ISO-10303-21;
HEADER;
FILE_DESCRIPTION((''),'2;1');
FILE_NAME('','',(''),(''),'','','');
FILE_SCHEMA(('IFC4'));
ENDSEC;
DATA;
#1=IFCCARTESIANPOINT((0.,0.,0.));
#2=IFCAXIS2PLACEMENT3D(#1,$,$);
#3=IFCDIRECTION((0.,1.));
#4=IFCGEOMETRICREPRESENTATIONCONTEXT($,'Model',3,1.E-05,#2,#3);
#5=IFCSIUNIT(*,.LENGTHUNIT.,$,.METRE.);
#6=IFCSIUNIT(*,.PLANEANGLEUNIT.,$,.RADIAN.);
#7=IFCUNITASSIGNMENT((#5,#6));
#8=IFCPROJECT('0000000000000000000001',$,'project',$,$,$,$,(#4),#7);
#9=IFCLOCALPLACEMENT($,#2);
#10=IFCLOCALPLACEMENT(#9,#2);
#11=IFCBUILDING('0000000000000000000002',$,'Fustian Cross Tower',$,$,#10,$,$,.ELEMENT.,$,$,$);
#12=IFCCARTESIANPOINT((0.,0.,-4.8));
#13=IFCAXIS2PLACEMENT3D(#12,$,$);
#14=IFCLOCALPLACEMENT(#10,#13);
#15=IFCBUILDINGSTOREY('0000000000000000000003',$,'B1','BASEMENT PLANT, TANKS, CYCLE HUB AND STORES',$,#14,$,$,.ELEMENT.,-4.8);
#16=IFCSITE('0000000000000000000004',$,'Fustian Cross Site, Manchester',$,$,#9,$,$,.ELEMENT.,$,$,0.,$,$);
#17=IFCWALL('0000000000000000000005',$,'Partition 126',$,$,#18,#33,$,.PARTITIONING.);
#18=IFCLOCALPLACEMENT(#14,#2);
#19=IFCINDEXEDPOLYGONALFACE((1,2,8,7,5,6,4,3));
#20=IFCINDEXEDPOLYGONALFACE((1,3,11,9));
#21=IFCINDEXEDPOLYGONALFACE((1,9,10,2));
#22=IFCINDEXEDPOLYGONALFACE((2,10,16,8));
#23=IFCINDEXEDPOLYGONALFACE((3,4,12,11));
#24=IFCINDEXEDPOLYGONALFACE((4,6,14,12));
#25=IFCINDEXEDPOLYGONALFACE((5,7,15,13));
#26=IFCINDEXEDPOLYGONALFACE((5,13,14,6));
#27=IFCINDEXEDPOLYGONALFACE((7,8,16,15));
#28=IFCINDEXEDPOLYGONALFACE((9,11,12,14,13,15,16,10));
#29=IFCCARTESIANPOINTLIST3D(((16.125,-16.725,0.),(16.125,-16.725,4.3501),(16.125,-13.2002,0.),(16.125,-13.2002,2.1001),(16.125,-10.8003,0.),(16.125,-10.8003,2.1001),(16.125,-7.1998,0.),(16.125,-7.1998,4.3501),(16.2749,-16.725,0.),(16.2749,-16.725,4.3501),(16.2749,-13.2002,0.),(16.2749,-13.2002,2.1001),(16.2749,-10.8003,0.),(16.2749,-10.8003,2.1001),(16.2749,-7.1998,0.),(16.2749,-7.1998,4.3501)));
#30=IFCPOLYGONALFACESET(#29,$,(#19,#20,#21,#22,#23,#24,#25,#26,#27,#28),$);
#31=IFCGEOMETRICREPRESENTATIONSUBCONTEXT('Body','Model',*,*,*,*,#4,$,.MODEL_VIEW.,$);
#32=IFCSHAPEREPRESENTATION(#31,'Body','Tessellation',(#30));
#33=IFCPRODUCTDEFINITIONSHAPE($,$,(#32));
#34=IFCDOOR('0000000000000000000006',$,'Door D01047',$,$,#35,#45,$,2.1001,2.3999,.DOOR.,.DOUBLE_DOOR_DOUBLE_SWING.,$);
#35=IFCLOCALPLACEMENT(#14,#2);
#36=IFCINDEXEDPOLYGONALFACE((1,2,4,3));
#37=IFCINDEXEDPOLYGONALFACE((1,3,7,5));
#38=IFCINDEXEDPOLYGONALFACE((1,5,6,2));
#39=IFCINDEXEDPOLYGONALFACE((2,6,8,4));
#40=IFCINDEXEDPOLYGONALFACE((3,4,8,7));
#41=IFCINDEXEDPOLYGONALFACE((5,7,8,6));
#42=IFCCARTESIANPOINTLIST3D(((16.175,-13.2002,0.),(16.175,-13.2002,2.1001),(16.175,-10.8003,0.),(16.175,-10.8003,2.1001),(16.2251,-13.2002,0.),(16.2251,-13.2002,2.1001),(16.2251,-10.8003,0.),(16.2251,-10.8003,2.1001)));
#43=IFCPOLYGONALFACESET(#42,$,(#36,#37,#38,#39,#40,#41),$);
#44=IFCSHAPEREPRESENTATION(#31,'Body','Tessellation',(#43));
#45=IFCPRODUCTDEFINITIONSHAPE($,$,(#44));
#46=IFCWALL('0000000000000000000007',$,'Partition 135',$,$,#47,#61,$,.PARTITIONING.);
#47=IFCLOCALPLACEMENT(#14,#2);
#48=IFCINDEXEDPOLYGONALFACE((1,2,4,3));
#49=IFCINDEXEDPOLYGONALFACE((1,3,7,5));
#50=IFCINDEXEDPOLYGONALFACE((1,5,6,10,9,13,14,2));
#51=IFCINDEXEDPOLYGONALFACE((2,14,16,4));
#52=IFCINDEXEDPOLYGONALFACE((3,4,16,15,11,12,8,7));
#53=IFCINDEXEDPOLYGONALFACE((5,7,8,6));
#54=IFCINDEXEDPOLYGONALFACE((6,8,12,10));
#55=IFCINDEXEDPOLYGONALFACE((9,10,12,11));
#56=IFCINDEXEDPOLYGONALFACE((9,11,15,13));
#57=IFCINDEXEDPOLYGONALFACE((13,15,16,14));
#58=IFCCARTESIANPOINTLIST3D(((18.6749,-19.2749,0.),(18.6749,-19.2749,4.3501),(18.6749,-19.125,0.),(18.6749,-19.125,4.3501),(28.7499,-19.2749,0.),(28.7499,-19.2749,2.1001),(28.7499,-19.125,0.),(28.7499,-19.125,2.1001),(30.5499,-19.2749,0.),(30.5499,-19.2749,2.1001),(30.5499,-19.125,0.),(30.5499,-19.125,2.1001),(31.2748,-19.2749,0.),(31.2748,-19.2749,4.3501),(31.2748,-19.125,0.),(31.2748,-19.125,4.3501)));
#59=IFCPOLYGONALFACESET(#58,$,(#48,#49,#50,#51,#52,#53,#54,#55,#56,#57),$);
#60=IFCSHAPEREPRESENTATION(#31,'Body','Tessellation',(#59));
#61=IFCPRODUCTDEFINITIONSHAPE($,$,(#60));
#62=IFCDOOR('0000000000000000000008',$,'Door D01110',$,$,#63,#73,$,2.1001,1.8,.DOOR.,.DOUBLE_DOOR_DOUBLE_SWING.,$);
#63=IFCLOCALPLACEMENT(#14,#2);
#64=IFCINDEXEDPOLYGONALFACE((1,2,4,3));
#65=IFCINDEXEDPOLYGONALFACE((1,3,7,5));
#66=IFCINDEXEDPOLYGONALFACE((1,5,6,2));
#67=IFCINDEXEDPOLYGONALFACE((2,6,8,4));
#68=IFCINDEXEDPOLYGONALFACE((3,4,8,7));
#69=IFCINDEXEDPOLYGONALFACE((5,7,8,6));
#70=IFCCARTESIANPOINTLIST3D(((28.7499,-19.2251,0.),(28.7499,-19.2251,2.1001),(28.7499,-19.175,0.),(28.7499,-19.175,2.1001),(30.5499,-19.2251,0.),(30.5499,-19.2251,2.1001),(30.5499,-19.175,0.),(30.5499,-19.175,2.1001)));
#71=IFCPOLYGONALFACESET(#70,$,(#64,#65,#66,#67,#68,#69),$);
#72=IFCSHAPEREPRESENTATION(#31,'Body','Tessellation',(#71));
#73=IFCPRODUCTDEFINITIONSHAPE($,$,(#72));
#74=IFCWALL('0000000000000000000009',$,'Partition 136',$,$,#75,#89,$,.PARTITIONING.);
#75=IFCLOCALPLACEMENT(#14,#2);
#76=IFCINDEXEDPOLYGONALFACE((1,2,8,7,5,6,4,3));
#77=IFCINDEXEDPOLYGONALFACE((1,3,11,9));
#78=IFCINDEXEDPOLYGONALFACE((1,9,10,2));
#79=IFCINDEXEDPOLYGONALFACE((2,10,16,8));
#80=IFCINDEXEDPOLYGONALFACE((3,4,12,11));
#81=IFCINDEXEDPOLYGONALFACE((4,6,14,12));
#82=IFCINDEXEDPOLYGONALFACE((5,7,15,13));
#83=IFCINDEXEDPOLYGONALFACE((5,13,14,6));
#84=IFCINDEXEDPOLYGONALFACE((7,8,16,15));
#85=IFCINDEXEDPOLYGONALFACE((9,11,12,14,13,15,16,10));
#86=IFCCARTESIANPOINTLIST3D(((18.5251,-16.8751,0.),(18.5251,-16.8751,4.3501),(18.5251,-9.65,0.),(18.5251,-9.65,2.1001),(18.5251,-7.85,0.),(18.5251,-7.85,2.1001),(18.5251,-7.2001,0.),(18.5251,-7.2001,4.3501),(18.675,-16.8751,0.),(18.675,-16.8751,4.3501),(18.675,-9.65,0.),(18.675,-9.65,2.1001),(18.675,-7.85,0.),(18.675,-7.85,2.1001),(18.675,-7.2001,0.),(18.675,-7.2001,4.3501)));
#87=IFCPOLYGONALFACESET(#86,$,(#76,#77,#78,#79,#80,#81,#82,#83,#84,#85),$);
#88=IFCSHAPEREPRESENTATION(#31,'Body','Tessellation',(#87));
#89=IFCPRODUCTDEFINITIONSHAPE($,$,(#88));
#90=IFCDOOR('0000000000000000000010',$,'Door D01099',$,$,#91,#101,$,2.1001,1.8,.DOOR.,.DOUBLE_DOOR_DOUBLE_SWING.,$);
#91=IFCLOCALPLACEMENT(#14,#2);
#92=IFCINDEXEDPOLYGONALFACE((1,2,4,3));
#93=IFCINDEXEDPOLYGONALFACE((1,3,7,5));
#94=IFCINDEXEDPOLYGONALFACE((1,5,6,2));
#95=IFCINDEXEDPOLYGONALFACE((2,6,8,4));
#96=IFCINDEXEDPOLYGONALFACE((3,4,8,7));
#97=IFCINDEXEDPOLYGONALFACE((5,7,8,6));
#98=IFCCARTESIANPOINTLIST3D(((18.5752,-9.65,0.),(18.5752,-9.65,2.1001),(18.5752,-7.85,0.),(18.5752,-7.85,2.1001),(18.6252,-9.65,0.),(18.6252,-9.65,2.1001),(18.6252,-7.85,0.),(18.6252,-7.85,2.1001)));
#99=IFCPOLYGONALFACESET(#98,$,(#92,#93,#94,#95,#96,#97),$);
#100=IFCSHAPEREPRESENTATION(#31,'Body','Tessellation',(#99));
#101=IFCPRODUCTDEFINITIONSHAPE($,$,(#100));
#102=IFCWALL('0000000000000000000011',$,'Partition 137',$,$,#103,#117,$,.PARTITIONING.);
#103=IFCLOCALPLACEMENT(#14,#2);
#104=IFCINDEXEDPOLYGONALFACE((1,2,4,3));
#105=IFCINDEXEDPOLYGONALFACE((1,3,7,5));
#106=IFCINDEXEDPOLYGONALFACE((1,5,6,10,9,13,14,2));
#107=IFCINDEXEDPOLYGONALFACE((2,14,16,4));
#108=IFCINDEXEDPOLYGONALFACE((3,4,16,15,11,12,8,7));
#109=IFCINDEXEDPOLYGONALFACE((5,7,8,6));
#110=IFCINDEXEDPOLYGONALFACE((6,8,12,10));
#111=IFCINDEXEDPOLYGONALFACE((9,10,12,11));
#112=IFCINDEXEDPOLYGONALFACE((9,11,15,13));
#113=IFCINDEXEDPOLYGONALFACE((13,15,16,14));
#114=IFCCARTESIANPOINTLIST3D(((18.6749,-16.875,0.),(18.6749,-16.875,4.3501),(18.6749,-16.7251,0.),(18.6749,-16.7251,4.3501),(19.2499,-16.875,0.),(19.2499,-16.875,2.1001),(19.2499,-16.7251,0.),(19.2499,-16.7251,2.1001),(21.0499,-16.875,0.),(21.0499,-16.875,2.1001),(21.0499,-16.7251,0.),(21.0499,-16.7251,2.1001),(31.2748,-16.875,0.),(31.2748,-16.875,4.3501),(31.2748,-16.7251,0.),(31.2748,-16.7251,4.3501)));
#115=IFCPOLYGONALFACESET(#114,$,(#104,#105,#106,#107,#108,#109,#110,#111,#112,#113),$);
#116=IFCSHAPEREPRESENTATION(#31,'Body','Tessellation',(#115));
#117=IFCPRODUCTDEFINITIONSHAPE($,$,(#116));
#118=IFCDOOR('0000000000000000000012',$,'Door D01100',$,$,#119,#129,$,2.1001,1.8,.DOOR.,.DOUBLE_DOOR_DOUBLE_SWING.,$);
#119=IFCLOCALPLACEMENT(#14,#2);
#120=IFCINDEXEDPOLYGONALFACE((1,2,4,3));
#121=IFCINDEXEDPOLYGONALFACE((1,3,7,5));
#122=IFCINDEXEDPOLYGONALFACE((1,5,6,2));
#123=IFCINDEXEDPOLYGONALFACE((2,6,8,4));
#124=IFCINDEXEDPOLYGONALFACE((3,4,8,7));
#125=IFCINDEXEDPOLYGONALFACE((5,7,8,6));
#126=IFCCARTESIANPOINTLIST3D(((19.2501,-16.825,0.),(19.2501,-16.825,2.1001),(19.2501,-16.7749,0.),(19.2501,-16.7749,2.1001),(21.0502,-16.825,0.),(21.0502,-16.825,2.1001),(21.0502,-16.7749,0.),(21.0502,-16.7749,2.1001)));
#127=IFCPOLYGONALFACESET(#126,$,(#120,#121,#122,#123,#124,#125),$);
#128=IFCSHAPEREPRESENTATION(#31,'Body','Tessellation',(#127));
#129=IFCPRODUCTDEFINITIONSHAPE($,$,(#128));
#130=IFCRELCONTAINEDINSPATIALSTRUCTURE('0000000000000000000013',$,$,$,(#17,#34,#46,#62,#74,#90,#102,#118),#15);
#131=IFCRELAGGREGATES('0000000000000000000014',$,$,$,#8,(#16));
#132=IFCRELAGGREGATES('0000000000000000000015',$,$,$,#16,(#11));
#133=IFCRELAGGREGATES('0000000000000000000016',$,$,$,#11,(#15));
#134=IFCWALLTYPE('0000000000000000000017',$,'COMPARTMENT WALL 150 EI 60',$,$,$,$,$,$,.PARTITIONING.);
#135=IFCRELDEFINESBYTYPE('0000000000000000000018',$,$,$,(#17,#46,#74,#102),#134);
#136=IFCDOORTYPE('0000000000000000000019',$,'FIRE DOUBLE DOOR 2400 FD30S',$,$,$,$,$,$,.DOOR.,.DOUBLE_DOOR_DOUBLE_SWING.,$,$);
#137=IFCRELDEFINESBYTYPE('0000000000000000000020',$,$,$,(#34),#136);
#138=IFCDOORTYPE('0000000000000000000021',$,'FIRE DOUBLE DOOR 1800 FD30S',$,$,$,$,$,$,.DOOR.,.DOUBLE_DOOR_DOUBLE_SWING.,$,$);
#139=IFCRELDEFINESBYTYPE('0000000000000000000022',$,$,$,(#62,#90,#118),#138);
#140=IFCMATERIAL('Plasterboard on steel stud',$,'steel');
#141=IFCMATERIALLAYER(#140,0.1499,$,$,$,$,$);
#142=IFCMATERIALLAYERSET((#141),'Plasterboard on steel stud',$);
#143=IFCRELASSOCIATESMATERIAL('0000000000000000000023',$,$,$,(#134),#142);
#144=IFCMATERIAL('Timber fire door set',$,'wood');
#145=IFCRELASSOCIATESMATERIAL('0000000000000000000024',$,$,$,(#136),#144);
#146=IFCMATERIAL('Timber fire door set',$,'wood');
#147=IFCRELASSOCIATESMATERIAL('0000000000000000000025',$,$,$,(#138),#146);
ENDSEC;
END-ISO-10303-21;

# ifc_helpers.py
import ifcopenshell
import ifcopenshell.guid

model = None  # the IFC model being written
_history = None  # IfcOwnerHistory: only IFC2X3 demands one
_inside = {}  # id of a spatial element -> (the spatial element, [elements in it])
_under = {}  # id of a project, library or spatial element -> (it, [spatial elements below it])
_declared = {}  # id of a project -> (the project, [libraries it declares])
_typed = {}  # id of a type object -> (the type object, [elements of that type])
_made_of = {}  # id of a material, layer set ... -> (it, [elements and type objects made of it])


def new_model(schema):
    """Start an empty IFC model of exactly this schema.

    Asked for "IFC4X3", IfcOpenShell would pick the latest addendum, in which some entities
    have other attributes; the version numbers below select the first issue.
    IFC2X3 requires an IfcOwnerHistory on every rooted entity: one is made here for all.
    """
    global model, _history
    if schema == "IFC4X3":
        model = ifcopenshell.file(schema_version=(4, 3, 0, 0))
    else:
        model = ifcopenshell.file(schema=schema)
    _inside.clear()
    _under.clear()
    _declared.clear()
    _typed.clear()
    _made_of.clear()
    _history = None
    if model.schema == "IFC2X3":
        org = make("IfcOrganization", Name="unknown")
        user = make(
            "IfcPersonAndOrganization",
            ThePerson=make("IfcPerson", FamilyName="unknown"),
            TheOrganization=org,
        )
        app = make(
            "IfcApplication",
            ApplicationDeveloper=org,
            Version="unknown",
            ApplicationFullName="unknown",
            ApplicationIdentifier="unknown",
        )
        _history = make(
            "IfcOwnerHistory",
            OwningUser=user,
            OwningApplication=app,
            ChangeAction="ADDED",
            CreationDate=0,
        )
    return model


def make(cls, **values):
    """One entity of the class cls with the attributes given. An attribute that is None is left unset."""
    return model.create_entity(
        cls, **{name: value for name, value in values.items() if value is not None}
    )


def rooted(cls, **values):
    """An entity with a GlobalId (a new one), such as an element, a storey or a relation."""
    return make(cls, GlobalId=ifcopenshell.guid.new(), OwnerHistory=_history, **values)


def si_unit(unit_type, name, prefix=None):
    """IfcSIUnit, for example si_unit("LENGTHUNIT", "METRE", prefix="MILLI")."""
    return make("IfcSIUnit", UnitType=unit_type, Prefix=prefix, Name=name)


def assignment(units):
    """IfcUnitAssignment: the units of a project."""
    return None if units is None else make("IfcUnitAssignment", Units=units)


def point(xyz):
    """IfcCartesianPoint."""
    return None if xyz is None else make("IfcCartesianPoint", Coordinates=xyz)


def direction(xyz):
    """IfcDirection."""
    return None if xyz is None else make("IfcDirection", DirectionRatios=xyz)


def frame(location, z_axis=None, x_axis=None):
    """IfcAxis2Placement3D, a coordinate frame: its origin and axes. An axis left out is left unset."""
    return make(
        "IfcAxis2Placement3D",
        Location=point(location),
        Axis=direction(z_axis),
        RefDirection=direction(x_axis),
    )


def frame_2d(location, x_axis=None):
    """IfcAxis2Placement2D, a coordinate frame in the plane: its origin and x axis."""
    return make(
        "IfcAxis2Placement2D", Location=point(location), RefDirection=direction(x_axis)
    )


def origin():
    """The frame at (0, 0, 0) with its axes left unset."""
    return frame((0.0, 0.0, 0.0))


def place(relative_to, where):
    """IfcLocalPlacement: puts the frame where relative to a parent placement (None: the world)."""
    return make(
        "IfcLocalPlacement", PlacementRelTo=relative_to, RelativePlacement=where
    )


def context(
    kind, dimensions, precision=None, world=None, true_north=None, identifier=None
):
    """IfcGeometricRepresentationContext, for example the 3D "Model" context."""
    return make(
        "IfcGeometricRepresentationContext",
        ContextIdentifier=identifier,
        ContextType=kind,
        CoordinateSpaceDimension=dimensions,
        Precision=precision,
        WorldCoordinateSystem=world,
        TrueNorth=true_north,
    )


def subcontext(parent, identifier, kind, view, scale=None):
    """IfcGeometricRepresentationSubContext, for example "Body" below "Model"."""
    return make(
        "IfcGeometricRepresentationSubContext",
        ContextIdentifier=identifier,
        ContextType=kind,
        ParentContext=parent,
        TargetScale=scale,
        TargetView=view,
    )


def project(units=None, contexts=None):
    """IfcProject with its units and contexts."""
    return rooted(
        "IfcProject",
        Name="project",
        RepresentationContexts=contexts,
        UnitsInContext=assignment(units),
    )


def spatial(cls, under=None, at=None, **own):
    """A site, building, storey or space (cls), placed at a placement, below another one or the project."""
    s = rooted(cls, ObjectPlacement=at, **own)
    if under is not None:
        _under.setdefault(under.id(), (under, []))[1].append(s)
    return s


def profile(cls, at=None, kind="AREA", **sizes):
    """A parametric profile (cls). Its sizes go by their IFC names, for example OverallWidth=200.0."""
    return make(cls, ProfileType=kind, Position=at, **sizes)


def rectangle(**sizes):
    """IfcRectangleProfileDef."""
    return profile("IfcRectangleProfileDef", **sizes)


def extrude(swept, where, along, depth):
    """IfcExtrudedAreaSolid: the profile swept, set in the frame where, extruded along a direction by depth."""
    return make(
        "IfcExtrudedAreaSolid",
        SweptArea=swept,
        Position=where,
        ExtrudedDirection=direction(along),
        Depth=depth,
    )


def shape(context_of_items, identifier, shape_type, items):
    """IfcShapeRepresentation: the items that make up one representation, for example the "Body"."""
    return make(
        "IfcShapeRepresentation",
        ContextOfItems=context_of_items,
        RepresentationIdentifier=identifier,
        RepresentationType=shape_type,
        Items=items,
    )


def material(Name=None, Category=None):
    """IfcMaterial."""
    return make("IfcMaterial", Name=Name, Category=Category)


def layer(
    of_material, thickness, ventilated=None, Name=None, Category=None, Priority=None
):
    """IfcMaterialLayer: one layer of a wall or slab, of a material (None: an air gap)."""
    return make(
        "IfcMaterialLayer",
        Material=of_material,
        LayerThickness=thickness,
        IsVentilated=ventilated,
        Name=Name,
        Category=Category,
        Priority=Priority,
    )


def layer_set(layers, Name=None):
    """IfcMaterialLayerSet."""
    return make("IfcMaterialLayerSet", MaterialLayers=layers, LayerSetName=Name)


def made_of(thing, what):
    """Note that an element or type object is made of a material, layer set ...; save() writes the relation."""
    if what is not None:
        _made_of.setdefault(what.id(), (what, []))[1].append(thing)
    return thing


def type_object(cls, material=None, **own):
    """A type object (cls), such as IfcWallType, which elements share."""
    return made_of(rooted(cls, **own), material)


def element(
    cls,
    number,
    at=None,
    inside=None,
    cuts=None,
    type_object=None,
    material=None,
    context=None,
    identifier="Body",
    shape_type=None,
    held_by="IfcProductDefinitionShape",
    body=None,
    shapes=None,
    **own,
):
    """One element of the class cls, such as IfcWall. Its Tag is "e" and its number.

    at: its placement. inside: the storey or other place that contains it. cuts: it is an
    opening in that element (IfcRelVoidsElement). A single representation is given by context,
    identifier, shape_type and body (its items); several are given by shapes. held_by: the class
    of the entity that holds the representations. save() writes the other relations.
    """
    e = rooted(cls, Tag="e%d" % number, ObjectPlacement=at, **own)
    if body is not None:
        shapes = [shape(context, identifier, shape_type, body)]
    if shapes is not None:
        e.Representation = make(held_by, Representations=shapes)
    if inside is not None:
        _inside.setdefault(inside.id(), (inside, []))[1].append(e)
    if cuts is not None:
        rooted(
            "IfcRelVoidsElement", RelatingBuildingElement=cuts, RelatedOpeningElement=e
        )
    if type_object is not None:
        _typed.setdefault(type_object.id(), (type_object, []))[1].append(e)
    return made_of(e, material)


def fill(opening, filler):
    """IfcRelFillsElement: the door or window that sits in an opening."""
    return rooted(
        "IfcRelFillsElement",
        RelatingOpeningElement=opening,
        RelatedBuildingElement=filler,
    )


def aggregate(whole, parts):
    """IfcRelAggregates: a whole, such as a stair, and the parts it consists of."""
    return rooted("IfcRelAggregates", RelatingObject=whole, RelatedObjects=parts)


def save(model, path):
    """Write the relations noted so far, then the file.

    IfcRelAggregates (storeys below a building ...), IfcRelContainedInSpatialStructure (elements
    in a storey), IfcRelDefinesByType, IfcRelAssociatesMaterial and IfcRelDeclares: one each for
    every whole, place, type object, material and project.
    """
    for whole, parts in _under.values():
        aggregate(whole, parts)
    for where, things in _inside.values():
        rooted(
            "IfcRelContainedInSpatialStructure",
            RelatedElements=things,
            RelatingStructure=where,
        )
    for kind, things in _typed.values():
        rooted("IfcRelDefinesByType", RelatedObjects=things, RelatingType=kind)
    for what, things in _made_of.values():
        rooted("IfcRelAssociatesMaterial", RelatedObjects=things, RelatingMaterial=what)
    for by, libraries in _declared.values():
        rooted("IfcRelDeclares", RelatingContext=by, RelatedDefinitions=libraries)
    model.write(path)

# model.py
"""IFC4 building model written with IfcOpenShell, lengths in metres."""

from ifc_helpers import new_model, si_unit, direction, frame, frame_2d, origin, place, context, subcontext, project, spatial, rectangle, extrude, material, layer, layer_set, type_object, element, fill, save


model = new_model("IFC4")

# Units and contexts
model_context = context("Model", 3, precision=1e-05, world=origin(), true_north=direction((0.0, 1.0)))
body_context = subcontext(model_context, "Body", "Model", "MODEL_VIEW")
ifc_project = project(units=[si_unit("LENGTHUNIT", "METRE"), si_unit("PLANEANGLEUNIT", "RADIAN")], contexts=[model_context])

# Site, building, storey
site_placement = place(None, origin())
site = spatial("IfcSite", under=ifc_project, at=site_placement, Name="Fustian Cross Site, Manchester", CompositionType="ELEMENT", RefElevation=0.0)
building_placement = place(site_placement, origin())
building = spatial("IfcBuilding", under=site, at=building_placement, Name="Fustian Cross Tower", CompositionType="ELEMENT")
storey_placement = place(building_placement, frame((0.0, 0.0, -4.8)))
storey = spatial("IfcBuildingStorey", under=building, at=storey_placement, Name="B1", Description="BASEMENT PLANT, TANKS, CYCLE HUB AND STORES", CompositionType="ELEMENT", Elevation=-4.8)

# Walls, openings, doors
ifc_material_1 = material(Name="Plasterboard on steel stud", Category="steel")
ifc_layer = layer(ifc_material_1, 0.1499)
ifc_layer_set = layer_set([ifc_layer], Name="Plasterboard on steel stud")
wall_type = type_object("IfcWallType", Name="COMPARTMENT WALL 150 EI 60", PredefinedType="PARTITIONING", material=ifc_layer_set)
wall_1_placement = place(storey_placement, frame((16.2, -16.7251, 0.0), z_axis=(0.0, 0.0, 1.0), x_axis=(0.0, 1.0, 0.0)))
wall_1 = element("IfcWall", 1, at=wall_1_placement, inside=storey, type_object=wall_type, Name="Partition 126", PredefinedType="PARTITIONING", context=body_context, shape_type="SweptSolid", body=[
    extrude(rectangle(XDim=9.5251, YDim=0.1499, at=frame_2d((4.7627, 0.0))), origin(), (0.0, 0.0, 1.0), 4.3501),
])
opening_1_placement = place(wall_1_placement, frame((3.5249, 0.0, 0.0)))
opening_1 = element("IfcOpeningElement", 2, at=opening_1_placement, cuts=wall_1, PredefinedType="OPENING", context=body_context, shape_type="SweptSolid", body=[
    extrude(rectangle(XDim=2.3999, YDim=2.1001, at=frame_2d((1.2, 1.05))), frame((0.0, 0.085, 0.0), z_axis=(0.0, -1.0, 0.0), x_axis=(1.0, 0.0, 0.0)), (0.0, 0.0, 1.0), 0.1699),
])
ifc_material_2 = material(Name="Timber fire door set", Category="wood")
door_type_1 = type_object("IfcDoorType", Name="FIRE DOUBLE DOOR 2400 FD30S", OperationType="DOUBLE_DOOR_DOUBLE_SWING", PredefinedType="DOOR", material=ifc_material_2)
door_1_placement = place(opening_1_placement, origin())
door_1 = element("IfcDoor", 3, at=door_1_placement, inside=storey, type_object=door_type_1, Name="Door D01047", OperationType="DOUBLE_DOOR_DOUBLE_SWING", OverallHeight=2.1001, OverallWidth=2.3999, PredefinedType="DOOR", context=body_context, shape_type="SweptSolid", body=[
    extrude(rectangle(XDim=2.3999, YDim=2.1001, at=frame_2d((1.2, 1.05))), frame((0.0, 0.0249, 0.0), z_axis=(0.0, -1.0, 0.0), x_axis=(1.0, 0.0, 0.0)), (0.0, 0.0, 1.0), 0.05),
])
fill(opening_1, door_1)
wall_2_placement = place(storey_placement, frame((18.675, -19.2, 0.0), z_axis=(0.0, 0.0, 1.0), x_axis=(1.0, 0.0, 0.0)))
wall_2 = element("IfcWall", 4, at=wall_2_placement, inside=storey, type_object=wall_type, Name="Partition 135", PredefinedType="PARTITIONING", context=body_context, shape_type="SweptSolid", body=[
    extrude(rectangle(XDim=12.5999, YDim=0.1499, at=frame_2d((6.2998, 0.0))), origin(), (0.0, 0.0, 1.0), 4.3501),
])
opening_2_placement = place(wall_2_placement, frame((10.075, 0.0, 0.0)))
opening_2 = element("IfcOpeningElement", 5, at=opening_2_placement, cuts=wall_2, PredefinedType="OPENING", context=body_context, shape_type="SweptSolid", body=[
    extrude(rectangle(XDim=1.8, YDim=2.1001, at=frame_2d((0.8999, 1.05))), frame((0.0, 0.085, 0.0), z_axis=(0.0, -1.0, 0.0), x_axis=(1.0, 0.0, 0.0)), (0.0, 0.0, 1.0), 0.1699),
])
ifc_material_3 = material(Name="Timber fire door set", Category="wood")
door_type_2 = type_object("IfcDoorType", Name="FIRE DOUBLE DOOR 1800 FD30S", OperationType="DOUBLE_DOOR_DOUBLE_SWING", PredefinedType="DOOR", material=ifc_material_3)
door_2_placement = place(opening_2_placement, origin())
door_2 = element("IfcDoor", 6, at=door_2_placement, inside=storey, type_object=door_type_2, Name="Door D01110", OperationType="DOUBLE_DOOR_DOUBLE_SWING", OverallHeight=2.1001, OverallWidth=1.8, PredefinedType="DOOR", context=body_context, shape_type="SweptSolid", body=[
    extrude(rectangle(XDim=1.8, YDim=2.1001, at=frame_2d((0.8999, 1.05))), frame((0.0, 0.0249, 0.0), z_axis=(0.0, -1.0, 0.0), x_axis=(1.0, 0.0, 0.0)), (0.0, 0.0, 1.0), 0.05),
])
fill(opening_2, door_2)
wall_3_placement = place(storey_placement, frame((18.6001, -16.875, 0.0), z_axis=(0.0, 0.0, 1.0), x_axis=(0.0, 1.0, 0.0)))
wall_3 = element("IfcWall", 7, at=wall_3_placement, inside=storey, type_object=wall_type, Name="Partition 136", PredefinedType="PARTITIONING", context=body_context, shape_type="SweptSolid", body=[
    extrude(rectangle(XDim=9.675, YDim=0.1499, at=frame_2d((4.8374, 0.0))), origin(), (0.0, 0.0, 1.0), 4.3501),
])
opening_3_placement = place(wall_3_placement, frame((7.2251, 0.0, 0.0)))
opening_3 = element("IfcOpeningElement", 8, at=opening_3_placement, cuts=wall_3, PredefinedType="OPENING", context=body_context, shape_type="SweptSolid", body=[
    extrude(rectangle(XDim=1.8, YDim=2.1001, at=frame_2d((0.8999, 1.05))), frame((0.0, 0.085, 0.0), z_axis=(0.0, -1.0, 0.0), x_axis=(1.0, 0.0, 0.0)), (0.0, 0.0, 1.0), 0.1699),
])
door_3_placement = place(opening_3_placement, origin())
door_3 = element("IfcDoor", 9, at=door_3_placement, inside=storey, type_object=door_type_2, Name="Door D01099", OperationType="DOUBLE_DOOR_DOUBLE_SWING", OverallHeight=2.1001, OverallWidth=1.8, PredefinedType="DOOR", context=body_context, shape_type="SweptSolid", body=[
    extrude(rectangle(XDim=1.8, YDim=2.1001, at=frame_2d((0.8999, 1.05))), frame((0.0, 0.0249, 0.0), z_axis=(0.0, -1.0, 0.0), x_axis=(1.0, 0.0, 0.0)), (0.0, 0.0, 1.0), 0.05),
])
fill(opening_3, door_3)
wall_4_placement = place(storey_placement, frame((18.675, -16.8, 0.0), z_axis=(0.0, 0.0, 1.0), x_axis=(1.0, 0.0, 0.0)))
wall_4 = element("IfcWall", 10, at=wall_4_placement, inside=storey, type_object=wall_type, Name="Partition 137", PredefinedType="PARTITIONING", context=body_context, shape_type="SweptSolid", body=[
    extrude(rectangle(XDim=12.5999, YDim=0.1499, at=frame_2d((6.2998, 0.0))), origin(), (0.0, 0.0, 1.0), 4.3501),
])
opening_4_placement = place(wall_4_placement, frame((0.575, 0.0, 0.0)))
opening_4 = element("IfcOpeningElement", 11, at=opening_4_placement, cuts=wall_4, PredefinedType="OPENING", context=body_context, shape_type="SweptSolid", body=[
    extrude(rectangle(XDim=1.8, YDim=2.1001, at=frame_2d((0.8999, 1.05))), frame((0.0, 0.085, 0.0), z_axis=(0.0, -1.0, 0.0), x_axis=(1.0, 0.0, 0.0)), (0.0, 0.0, 1.0), 0.1699),
])
door_4_placement = place(opening_4_placement, frame((1.8, 0.0, 0.0), z_axis=(0.0, 0.0, 1.0), x_axis=(-1.0, 0.0, 0.0)))
door_4 = element("IfcDoor", 12, at=door_4_placement, inside=storey, type_object=door_type_2, Name="Door D01100", OperationType="DOUBLE_DOOR_DOUBLE_SWING", OverallHeight=2.1001, OverallWidth=1.8, PredefinedType="DOOR", context=body_context, shape_type="SweptSolid", body=[
    extrude(rectangle(XDim=1.8, YDim=2.1001, at=frame_2d((0.8999, 1.05))), frame((0.0, 0.0249, 0.0), z_axis=(0.0, -1.0, 0.0), x_axis=(1.0, 0.0, 0.0)), (0.0, 0.0, 1.0), 0.05),
])
fill(opening_4, door_4)

save(model, "model.ifc")
